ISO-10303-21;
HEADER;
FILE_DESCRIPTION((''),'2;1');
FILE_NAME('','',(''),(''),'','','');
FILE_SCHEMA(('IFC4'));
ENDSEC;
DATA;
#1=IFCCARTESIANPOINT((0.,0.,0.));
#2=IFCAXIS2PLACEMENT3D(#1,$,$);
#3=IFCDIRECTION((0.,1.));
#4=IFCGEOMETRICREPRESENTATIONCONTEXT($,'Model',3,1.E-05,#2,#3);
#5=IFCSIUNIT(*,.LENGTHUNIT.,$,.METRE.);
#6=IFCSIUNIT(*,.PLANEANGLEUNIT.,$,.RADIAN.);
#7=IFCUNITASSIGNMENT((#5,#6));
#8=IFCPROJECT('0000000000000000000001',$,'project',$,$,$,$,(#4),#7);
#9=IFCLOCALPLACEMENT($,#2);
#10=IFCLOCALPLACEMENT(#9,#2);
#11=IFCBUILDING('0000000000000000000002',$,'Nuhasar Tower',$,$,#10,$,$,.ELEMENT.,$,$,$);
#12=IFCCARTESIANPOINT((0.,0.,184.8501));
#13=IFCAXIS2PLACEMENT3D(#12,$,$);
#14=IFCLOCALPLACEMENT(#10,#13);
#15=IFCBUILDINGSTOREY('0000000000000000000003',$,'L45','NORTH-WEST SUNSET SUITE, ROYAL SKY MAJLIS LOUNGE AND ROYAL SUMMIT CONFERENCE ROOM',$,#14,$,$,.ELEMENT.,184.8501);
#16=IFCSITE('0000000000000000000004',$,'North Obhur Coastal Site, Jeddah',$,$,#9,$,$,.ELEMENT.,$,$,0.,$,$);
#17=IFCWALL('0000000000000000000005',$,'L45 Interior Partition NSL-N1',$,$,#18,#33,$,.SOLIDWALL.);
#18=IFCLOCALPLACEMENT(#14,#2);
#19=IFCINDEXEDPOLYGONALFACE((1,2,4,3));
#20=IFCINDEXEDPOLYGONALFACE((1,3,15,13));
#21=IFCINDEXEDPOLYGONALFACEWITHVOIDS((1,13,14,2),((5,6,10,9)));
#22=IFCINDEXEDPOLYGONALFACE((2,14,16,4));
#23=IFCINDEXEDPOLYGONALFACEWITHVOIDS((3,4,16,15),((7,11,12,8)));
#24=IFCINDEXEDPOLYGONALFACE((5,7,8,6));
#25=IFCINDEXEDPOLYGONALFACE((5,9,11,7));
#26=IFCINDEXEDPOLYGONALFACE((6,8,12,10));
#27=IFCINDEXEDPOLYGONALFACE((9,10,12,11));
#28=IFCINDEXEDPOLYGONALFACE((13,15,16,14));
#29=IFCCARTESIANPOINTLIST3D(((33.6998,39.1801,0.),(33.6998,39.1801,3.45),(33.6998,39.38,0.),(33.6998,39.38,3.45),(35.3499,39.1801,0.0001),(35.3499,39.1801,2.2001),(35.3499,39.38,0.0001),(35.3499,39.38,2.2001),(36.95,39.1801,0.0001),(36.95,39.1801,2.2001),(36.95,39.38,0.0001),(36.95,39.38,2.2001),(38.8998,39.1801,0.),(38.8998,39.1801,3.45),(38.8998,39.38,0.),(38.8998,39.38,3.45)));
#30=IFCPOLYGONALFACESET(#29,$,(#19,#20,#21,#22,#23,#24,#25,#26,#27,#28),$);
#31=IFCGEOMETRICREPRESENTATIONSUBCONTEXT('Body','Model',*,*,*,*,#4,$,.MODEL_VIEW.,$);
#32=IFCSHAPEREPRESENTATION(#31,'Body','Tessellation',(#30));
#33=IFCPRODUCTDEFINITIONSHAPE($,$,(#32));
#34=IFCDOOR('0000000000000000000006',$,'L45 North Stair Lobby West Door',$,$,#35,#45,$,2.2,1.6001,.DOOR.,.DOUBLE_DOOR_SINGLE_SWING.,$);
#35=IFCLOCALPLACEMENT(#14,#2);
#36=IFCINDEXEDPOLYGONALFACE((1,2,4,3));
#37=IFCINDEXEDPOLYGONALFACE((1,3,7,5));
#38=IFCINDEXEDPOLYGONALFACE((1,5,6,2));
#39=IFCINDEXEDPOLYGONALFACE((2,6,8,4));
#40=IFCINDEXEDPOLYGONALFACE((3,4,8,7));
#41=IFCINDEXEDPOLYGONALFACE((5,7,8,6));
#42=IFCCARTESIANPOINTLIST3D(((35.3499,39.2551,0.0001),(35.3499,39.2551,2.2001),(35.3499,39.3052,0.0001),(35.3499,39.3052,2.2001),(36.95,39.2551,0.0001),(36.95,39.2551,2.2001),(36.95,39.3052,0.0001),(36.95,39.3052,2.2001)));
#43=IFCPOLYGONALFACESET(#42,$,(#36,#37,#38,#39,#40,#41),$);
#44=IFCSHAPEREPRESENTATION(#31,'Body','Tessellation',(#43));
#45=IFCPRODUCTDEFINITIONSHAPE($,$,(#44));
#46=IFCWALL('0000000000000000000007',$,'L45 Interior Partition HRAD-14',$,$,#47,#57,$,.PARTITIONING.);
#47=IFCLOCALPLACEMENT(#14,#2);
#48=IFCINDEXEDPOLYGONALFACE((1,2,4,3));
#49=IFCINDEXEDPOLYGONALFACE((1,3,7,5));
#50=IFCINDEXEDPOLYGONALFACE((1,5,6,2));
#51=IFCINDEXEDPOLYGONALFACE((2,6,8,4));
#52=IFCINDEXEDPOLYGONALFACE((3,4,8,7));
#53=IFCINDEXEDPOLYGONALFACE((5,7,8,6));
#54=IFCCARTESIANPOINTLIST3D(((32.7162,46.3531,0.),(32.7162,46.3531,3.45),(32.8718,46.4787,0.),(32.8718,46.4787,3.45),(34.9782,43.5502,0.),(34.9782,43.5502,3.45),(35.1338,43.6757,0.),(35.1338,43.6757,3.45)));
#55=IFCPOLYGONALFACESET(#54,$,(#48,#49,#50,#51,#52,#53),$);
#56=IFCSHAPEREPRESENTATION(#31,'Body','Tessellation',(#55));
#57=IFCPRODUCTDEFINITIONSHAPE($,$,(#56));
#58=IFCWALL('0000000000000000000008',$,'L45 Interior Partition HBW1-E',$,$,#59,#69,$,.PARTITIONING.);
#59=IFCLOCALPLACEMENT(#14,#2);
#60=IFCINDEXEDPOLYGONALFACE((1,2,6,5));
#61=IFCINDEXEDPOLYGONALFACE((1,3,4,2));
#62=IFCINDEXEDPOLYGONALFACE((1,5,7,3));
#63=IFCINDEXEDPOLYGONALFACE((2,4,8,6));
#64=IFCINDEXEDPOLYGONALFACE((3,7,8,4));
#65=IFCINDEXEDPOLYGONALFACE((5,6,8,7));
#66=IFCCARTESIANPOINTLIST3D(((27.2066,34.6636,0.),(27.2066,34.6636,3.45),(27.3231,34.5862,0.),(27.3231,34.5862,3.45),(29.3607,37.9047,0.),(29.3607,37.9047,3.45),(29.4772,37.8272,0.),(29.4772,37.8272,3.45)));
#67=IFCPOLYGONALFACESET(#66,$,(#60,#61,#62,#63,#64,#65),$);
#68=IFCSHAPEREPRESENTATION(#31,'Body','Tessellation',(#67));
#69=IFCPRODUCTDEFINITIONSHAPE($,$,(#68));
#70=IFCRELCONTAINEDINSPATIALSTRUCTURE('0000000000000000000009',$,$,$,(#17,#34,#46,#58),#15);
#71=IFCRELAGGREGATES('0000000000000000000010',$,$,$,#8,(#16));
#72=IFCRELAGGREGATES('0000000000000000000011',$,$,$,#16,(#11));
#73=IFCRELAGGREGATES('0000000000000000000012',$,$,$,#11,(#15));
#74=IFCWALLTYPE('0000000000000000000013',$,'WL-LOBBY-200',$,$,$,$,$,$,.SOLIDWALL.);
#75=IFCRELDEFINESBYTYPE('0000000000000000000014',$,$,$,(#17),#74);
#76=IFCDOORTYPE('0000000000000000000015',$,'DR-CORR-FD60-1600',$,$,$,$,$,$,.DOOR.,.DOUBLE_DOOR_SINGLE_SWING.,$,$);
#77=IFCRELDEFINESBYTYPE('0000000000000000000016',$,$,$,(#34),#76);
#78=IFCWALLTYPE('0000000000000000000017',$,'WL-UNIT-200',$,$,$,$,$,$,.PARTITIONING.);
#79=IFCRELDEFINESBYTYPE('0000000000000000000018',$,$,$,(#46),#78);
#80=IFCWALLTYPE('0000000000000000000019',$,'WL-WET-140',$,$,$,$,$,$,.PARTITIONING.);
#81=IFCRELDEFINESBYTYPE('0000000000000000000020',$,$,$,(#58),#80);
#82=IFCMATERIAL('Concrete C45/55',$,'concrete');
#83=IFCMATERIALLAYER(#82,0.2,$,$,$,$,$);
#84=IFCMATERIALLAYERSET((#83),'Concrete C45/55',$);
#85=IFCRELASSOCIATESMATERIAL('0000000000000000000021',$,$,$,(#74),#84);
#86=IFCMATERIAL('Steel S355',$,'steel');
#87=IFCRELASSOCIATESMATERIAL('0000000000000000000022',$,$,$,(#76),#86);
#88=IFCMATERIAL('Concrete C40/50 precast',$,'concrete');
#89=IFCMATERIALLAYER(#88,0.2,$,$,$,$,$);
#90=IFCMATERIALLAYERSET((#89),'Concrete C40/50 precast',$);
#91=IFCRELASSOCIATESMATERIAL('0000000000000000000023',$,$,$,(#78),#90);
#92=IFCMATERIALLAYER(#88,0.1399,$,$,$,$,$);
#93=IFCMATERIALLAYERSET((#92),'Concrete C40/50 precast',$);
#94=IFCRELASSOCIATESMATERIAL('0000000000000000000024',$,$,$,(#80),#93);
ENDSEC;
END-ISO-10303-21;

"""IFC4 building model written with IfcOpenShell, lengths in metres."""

from ifc_helpers import new_model, si_unit, direction, frame, frame_2d, origin, place, context, subcontext, project, spatial, rectangle, extrude, material, layer, layer_set, type_object, element, fill, save


model = new_model("IFC4")

# Units and contexts
model_context = context("Model", 3, precision=1e-05, world=origin(), true_north=direction((0.0, 1.0)))
body_context = subcontext(model_context, "Body", "Model", "MODEL_VIEW")
ifc_project = project(units=[si_unit("LENGTHUNIT", "METRE"), si_unit("PLANEANGLEUNIT", "RADIAN")], contexts=[model_context])

# Site, building, storey
site_placement = place(None, origin())
site = spatial("IfcSite", under=ifc_project, at=site_placement, Name="North Obhur Coastal Site, Jeddah", CompositionType="ELEMENT", RefElevation=0.0)
building_placement = place(site_placement, origin())
building = spatial("IfcBuilding", under=site, at=building_placement, Name="Nuhasar Tower", CompositionType="ELEMENT")
storey_placement = place(building_placement, frame((0.0, 0.0, 184.8501)))
storey = spatial("IfcBuildingStorey", under=building, at=storey_placement, Name="L45", Description="NORTH-WEST SUNSET SUITE, ROYAL SKY MAJLIS LOUNGE AND ROYAL SUMMIT CONFERENCE ROOM", CompositionType="ELEMENT", Elevation=184.8501)

# Shared definitions
ifc_material_1 = material(Name="Steel S355", Category="steel")

# Shared definitions
ifc_material_2 = material(Name="Concrete C45/55", Category="concrete")
ifc_layer_1 = layer(ifc_material_2, 0.2)
ifc_layer_set_1 = layer_set([ifc_layer_1], Name="Concrete C45/55")
wall_type_1 = type_object("IfcWallType", Name="WL-LOBBY-200", PredefinedType="SOLIDWALL", material=ifc_layer_set_1)

# Wall, opening, door
wall_1_placement = place(storey_placement, frame((38.8999, 39.28, 0.0), z_axis=(0.0, 0.0, 1.0), x_axis=(-1.0, 0.0, 0.0)))
wall_1 = element("IfcWall", 1, at=wall_1_placement, inside=storey, type_object=wall_type_1, Name="L45 Interior Partition NSL-N1", PredefinedType="SOLIDWALL", context=body_context, shape_type="SweptSolid", body=[
    extrude(rectangle(XDim=5.2, YDim=0.2, at=frame_2d((2.6001, 0.0))), origin(), (0.0, 0.0, 1.0), 3.45),
])
opening_1_placement = place(wall_1_placement, frame((1.95, 0.0, 0.0)))
opening_1 = element("IfcOpeningElement", 2, at=opening_1_placement, cuts=wall_1, PredefinedType="OPENING", context=body_context, shape_type="SweptSolid", body=[
    extrude(rectangle(XDim=1.6001, YDim=2.2, at=frame_2d((0.8, 1.1001))), frame((0.0, 0.1099, 0.0), z_axis=(0.0, -1.0, 0.0), x_axis=(1.0, 0.0, 0.0)), (0.0, 0.0, 1.0), 0.22),
])
door_type_1 = type_object("IfcDoorType", Name="DR-CORR-FD60-1600", OperationType="DOUBLE_DOOR_SINGLE_SWING", PredefinedType="DOOR", material=ifc_material_1)
door_1_placement = place(opening_1_placement, origin())
door_1 = element("IfcDoor", 3, at=door_1_placement, inside=storey, type_object=door_type_1, Name="L45 North Stair Lobby West Door", OperationType="DOUBLE_DOOR_SINGLE_SWING", OverallHeight=2.2, OverallWidth=1.6001, PredefinedType="DOOR", context=body_context, shape_type="SweptSolid", body=[
    extrude(rectangle(XDim=1.6001, YDim=2.2, at=frame_2d((0.8, 1.1001))), frame((0.0, 0.0249, 0.0), z_axis=(0.0, -1.0, 0.0), x_axis=(1.0, 0.0, 0.0)), (0.0, 0.0, 1.0), 0.05),
])
fill(opening_1, door_1)

# Walls
ifc_material_3 = material(Name="Concrete C40/50 precast", Category="concrete")
ifc_layer_2 = layer(ifc_material_3, 0.2)
ifc_layer_set_2 = layer_set([ifc_layer_2], Name="Concrete C40/50 precast")
wall_type_2 = type_object("IfcWallType", Name="WL-UNIT-200", PredefinedType="PARTITIONING", material=ifc_layer_set_2)
wall_2_placement = place(storey_placement, frame((35.0559, 43.613, 0.0), z_axis=(0.0, 0.0, 1.0), x_axis=(-0.628004, 0.77821, 0.0)))
element("IfcWall", 4, at=wall_2_placement, inside=storey, type_object=wall_type_2, Name="L45 Interior Partition HRAD-14", PredefinedType="PARTITIONING", context=body_context, shape_type="SweptSolid", body=[
    extrude(rectangle(XDim=3.6018, YDim=0.2, at=frame_2d((1.8008, 0.0))), origin(), (0.0, 0.0, 1.0), 3.45),
])
ifc_layer_3 = layer(ifc_material_3, 0.1399)
ifc_layer_set_3 = layer_set([ifc_layer_3], Name="Concrete C40/50 precast")
wall_type_3 = type_object("IfcWallType", Name="WL-WET-140", PredefinedType="PARTITIONING", material=ifc_layer_set_3)
wall_3_placement = place(storey_placement, frame((29.4189, 37.866, 0.0), z_axis=(0.0, 0.0, 1.0), x_axis=(-0.553527, -0.832831, 0.0)))
element("IfcWall", 5, at=wall_3_placement, inside=storey, type_object=wall_type_3, Name="L45 Interior Partition HBW1-E", PredefinedType="PARTITIONING", context=body_context, shape_type="SweptSolid", body=[
    extrude(rectangle(XDim=3.8916, YDim=0.1399, at=frame_2d((1.9458, 0.0))), origin(), (0.0, 0.0, 1.0), 3.45),
])

save(model, "model.ifc")
